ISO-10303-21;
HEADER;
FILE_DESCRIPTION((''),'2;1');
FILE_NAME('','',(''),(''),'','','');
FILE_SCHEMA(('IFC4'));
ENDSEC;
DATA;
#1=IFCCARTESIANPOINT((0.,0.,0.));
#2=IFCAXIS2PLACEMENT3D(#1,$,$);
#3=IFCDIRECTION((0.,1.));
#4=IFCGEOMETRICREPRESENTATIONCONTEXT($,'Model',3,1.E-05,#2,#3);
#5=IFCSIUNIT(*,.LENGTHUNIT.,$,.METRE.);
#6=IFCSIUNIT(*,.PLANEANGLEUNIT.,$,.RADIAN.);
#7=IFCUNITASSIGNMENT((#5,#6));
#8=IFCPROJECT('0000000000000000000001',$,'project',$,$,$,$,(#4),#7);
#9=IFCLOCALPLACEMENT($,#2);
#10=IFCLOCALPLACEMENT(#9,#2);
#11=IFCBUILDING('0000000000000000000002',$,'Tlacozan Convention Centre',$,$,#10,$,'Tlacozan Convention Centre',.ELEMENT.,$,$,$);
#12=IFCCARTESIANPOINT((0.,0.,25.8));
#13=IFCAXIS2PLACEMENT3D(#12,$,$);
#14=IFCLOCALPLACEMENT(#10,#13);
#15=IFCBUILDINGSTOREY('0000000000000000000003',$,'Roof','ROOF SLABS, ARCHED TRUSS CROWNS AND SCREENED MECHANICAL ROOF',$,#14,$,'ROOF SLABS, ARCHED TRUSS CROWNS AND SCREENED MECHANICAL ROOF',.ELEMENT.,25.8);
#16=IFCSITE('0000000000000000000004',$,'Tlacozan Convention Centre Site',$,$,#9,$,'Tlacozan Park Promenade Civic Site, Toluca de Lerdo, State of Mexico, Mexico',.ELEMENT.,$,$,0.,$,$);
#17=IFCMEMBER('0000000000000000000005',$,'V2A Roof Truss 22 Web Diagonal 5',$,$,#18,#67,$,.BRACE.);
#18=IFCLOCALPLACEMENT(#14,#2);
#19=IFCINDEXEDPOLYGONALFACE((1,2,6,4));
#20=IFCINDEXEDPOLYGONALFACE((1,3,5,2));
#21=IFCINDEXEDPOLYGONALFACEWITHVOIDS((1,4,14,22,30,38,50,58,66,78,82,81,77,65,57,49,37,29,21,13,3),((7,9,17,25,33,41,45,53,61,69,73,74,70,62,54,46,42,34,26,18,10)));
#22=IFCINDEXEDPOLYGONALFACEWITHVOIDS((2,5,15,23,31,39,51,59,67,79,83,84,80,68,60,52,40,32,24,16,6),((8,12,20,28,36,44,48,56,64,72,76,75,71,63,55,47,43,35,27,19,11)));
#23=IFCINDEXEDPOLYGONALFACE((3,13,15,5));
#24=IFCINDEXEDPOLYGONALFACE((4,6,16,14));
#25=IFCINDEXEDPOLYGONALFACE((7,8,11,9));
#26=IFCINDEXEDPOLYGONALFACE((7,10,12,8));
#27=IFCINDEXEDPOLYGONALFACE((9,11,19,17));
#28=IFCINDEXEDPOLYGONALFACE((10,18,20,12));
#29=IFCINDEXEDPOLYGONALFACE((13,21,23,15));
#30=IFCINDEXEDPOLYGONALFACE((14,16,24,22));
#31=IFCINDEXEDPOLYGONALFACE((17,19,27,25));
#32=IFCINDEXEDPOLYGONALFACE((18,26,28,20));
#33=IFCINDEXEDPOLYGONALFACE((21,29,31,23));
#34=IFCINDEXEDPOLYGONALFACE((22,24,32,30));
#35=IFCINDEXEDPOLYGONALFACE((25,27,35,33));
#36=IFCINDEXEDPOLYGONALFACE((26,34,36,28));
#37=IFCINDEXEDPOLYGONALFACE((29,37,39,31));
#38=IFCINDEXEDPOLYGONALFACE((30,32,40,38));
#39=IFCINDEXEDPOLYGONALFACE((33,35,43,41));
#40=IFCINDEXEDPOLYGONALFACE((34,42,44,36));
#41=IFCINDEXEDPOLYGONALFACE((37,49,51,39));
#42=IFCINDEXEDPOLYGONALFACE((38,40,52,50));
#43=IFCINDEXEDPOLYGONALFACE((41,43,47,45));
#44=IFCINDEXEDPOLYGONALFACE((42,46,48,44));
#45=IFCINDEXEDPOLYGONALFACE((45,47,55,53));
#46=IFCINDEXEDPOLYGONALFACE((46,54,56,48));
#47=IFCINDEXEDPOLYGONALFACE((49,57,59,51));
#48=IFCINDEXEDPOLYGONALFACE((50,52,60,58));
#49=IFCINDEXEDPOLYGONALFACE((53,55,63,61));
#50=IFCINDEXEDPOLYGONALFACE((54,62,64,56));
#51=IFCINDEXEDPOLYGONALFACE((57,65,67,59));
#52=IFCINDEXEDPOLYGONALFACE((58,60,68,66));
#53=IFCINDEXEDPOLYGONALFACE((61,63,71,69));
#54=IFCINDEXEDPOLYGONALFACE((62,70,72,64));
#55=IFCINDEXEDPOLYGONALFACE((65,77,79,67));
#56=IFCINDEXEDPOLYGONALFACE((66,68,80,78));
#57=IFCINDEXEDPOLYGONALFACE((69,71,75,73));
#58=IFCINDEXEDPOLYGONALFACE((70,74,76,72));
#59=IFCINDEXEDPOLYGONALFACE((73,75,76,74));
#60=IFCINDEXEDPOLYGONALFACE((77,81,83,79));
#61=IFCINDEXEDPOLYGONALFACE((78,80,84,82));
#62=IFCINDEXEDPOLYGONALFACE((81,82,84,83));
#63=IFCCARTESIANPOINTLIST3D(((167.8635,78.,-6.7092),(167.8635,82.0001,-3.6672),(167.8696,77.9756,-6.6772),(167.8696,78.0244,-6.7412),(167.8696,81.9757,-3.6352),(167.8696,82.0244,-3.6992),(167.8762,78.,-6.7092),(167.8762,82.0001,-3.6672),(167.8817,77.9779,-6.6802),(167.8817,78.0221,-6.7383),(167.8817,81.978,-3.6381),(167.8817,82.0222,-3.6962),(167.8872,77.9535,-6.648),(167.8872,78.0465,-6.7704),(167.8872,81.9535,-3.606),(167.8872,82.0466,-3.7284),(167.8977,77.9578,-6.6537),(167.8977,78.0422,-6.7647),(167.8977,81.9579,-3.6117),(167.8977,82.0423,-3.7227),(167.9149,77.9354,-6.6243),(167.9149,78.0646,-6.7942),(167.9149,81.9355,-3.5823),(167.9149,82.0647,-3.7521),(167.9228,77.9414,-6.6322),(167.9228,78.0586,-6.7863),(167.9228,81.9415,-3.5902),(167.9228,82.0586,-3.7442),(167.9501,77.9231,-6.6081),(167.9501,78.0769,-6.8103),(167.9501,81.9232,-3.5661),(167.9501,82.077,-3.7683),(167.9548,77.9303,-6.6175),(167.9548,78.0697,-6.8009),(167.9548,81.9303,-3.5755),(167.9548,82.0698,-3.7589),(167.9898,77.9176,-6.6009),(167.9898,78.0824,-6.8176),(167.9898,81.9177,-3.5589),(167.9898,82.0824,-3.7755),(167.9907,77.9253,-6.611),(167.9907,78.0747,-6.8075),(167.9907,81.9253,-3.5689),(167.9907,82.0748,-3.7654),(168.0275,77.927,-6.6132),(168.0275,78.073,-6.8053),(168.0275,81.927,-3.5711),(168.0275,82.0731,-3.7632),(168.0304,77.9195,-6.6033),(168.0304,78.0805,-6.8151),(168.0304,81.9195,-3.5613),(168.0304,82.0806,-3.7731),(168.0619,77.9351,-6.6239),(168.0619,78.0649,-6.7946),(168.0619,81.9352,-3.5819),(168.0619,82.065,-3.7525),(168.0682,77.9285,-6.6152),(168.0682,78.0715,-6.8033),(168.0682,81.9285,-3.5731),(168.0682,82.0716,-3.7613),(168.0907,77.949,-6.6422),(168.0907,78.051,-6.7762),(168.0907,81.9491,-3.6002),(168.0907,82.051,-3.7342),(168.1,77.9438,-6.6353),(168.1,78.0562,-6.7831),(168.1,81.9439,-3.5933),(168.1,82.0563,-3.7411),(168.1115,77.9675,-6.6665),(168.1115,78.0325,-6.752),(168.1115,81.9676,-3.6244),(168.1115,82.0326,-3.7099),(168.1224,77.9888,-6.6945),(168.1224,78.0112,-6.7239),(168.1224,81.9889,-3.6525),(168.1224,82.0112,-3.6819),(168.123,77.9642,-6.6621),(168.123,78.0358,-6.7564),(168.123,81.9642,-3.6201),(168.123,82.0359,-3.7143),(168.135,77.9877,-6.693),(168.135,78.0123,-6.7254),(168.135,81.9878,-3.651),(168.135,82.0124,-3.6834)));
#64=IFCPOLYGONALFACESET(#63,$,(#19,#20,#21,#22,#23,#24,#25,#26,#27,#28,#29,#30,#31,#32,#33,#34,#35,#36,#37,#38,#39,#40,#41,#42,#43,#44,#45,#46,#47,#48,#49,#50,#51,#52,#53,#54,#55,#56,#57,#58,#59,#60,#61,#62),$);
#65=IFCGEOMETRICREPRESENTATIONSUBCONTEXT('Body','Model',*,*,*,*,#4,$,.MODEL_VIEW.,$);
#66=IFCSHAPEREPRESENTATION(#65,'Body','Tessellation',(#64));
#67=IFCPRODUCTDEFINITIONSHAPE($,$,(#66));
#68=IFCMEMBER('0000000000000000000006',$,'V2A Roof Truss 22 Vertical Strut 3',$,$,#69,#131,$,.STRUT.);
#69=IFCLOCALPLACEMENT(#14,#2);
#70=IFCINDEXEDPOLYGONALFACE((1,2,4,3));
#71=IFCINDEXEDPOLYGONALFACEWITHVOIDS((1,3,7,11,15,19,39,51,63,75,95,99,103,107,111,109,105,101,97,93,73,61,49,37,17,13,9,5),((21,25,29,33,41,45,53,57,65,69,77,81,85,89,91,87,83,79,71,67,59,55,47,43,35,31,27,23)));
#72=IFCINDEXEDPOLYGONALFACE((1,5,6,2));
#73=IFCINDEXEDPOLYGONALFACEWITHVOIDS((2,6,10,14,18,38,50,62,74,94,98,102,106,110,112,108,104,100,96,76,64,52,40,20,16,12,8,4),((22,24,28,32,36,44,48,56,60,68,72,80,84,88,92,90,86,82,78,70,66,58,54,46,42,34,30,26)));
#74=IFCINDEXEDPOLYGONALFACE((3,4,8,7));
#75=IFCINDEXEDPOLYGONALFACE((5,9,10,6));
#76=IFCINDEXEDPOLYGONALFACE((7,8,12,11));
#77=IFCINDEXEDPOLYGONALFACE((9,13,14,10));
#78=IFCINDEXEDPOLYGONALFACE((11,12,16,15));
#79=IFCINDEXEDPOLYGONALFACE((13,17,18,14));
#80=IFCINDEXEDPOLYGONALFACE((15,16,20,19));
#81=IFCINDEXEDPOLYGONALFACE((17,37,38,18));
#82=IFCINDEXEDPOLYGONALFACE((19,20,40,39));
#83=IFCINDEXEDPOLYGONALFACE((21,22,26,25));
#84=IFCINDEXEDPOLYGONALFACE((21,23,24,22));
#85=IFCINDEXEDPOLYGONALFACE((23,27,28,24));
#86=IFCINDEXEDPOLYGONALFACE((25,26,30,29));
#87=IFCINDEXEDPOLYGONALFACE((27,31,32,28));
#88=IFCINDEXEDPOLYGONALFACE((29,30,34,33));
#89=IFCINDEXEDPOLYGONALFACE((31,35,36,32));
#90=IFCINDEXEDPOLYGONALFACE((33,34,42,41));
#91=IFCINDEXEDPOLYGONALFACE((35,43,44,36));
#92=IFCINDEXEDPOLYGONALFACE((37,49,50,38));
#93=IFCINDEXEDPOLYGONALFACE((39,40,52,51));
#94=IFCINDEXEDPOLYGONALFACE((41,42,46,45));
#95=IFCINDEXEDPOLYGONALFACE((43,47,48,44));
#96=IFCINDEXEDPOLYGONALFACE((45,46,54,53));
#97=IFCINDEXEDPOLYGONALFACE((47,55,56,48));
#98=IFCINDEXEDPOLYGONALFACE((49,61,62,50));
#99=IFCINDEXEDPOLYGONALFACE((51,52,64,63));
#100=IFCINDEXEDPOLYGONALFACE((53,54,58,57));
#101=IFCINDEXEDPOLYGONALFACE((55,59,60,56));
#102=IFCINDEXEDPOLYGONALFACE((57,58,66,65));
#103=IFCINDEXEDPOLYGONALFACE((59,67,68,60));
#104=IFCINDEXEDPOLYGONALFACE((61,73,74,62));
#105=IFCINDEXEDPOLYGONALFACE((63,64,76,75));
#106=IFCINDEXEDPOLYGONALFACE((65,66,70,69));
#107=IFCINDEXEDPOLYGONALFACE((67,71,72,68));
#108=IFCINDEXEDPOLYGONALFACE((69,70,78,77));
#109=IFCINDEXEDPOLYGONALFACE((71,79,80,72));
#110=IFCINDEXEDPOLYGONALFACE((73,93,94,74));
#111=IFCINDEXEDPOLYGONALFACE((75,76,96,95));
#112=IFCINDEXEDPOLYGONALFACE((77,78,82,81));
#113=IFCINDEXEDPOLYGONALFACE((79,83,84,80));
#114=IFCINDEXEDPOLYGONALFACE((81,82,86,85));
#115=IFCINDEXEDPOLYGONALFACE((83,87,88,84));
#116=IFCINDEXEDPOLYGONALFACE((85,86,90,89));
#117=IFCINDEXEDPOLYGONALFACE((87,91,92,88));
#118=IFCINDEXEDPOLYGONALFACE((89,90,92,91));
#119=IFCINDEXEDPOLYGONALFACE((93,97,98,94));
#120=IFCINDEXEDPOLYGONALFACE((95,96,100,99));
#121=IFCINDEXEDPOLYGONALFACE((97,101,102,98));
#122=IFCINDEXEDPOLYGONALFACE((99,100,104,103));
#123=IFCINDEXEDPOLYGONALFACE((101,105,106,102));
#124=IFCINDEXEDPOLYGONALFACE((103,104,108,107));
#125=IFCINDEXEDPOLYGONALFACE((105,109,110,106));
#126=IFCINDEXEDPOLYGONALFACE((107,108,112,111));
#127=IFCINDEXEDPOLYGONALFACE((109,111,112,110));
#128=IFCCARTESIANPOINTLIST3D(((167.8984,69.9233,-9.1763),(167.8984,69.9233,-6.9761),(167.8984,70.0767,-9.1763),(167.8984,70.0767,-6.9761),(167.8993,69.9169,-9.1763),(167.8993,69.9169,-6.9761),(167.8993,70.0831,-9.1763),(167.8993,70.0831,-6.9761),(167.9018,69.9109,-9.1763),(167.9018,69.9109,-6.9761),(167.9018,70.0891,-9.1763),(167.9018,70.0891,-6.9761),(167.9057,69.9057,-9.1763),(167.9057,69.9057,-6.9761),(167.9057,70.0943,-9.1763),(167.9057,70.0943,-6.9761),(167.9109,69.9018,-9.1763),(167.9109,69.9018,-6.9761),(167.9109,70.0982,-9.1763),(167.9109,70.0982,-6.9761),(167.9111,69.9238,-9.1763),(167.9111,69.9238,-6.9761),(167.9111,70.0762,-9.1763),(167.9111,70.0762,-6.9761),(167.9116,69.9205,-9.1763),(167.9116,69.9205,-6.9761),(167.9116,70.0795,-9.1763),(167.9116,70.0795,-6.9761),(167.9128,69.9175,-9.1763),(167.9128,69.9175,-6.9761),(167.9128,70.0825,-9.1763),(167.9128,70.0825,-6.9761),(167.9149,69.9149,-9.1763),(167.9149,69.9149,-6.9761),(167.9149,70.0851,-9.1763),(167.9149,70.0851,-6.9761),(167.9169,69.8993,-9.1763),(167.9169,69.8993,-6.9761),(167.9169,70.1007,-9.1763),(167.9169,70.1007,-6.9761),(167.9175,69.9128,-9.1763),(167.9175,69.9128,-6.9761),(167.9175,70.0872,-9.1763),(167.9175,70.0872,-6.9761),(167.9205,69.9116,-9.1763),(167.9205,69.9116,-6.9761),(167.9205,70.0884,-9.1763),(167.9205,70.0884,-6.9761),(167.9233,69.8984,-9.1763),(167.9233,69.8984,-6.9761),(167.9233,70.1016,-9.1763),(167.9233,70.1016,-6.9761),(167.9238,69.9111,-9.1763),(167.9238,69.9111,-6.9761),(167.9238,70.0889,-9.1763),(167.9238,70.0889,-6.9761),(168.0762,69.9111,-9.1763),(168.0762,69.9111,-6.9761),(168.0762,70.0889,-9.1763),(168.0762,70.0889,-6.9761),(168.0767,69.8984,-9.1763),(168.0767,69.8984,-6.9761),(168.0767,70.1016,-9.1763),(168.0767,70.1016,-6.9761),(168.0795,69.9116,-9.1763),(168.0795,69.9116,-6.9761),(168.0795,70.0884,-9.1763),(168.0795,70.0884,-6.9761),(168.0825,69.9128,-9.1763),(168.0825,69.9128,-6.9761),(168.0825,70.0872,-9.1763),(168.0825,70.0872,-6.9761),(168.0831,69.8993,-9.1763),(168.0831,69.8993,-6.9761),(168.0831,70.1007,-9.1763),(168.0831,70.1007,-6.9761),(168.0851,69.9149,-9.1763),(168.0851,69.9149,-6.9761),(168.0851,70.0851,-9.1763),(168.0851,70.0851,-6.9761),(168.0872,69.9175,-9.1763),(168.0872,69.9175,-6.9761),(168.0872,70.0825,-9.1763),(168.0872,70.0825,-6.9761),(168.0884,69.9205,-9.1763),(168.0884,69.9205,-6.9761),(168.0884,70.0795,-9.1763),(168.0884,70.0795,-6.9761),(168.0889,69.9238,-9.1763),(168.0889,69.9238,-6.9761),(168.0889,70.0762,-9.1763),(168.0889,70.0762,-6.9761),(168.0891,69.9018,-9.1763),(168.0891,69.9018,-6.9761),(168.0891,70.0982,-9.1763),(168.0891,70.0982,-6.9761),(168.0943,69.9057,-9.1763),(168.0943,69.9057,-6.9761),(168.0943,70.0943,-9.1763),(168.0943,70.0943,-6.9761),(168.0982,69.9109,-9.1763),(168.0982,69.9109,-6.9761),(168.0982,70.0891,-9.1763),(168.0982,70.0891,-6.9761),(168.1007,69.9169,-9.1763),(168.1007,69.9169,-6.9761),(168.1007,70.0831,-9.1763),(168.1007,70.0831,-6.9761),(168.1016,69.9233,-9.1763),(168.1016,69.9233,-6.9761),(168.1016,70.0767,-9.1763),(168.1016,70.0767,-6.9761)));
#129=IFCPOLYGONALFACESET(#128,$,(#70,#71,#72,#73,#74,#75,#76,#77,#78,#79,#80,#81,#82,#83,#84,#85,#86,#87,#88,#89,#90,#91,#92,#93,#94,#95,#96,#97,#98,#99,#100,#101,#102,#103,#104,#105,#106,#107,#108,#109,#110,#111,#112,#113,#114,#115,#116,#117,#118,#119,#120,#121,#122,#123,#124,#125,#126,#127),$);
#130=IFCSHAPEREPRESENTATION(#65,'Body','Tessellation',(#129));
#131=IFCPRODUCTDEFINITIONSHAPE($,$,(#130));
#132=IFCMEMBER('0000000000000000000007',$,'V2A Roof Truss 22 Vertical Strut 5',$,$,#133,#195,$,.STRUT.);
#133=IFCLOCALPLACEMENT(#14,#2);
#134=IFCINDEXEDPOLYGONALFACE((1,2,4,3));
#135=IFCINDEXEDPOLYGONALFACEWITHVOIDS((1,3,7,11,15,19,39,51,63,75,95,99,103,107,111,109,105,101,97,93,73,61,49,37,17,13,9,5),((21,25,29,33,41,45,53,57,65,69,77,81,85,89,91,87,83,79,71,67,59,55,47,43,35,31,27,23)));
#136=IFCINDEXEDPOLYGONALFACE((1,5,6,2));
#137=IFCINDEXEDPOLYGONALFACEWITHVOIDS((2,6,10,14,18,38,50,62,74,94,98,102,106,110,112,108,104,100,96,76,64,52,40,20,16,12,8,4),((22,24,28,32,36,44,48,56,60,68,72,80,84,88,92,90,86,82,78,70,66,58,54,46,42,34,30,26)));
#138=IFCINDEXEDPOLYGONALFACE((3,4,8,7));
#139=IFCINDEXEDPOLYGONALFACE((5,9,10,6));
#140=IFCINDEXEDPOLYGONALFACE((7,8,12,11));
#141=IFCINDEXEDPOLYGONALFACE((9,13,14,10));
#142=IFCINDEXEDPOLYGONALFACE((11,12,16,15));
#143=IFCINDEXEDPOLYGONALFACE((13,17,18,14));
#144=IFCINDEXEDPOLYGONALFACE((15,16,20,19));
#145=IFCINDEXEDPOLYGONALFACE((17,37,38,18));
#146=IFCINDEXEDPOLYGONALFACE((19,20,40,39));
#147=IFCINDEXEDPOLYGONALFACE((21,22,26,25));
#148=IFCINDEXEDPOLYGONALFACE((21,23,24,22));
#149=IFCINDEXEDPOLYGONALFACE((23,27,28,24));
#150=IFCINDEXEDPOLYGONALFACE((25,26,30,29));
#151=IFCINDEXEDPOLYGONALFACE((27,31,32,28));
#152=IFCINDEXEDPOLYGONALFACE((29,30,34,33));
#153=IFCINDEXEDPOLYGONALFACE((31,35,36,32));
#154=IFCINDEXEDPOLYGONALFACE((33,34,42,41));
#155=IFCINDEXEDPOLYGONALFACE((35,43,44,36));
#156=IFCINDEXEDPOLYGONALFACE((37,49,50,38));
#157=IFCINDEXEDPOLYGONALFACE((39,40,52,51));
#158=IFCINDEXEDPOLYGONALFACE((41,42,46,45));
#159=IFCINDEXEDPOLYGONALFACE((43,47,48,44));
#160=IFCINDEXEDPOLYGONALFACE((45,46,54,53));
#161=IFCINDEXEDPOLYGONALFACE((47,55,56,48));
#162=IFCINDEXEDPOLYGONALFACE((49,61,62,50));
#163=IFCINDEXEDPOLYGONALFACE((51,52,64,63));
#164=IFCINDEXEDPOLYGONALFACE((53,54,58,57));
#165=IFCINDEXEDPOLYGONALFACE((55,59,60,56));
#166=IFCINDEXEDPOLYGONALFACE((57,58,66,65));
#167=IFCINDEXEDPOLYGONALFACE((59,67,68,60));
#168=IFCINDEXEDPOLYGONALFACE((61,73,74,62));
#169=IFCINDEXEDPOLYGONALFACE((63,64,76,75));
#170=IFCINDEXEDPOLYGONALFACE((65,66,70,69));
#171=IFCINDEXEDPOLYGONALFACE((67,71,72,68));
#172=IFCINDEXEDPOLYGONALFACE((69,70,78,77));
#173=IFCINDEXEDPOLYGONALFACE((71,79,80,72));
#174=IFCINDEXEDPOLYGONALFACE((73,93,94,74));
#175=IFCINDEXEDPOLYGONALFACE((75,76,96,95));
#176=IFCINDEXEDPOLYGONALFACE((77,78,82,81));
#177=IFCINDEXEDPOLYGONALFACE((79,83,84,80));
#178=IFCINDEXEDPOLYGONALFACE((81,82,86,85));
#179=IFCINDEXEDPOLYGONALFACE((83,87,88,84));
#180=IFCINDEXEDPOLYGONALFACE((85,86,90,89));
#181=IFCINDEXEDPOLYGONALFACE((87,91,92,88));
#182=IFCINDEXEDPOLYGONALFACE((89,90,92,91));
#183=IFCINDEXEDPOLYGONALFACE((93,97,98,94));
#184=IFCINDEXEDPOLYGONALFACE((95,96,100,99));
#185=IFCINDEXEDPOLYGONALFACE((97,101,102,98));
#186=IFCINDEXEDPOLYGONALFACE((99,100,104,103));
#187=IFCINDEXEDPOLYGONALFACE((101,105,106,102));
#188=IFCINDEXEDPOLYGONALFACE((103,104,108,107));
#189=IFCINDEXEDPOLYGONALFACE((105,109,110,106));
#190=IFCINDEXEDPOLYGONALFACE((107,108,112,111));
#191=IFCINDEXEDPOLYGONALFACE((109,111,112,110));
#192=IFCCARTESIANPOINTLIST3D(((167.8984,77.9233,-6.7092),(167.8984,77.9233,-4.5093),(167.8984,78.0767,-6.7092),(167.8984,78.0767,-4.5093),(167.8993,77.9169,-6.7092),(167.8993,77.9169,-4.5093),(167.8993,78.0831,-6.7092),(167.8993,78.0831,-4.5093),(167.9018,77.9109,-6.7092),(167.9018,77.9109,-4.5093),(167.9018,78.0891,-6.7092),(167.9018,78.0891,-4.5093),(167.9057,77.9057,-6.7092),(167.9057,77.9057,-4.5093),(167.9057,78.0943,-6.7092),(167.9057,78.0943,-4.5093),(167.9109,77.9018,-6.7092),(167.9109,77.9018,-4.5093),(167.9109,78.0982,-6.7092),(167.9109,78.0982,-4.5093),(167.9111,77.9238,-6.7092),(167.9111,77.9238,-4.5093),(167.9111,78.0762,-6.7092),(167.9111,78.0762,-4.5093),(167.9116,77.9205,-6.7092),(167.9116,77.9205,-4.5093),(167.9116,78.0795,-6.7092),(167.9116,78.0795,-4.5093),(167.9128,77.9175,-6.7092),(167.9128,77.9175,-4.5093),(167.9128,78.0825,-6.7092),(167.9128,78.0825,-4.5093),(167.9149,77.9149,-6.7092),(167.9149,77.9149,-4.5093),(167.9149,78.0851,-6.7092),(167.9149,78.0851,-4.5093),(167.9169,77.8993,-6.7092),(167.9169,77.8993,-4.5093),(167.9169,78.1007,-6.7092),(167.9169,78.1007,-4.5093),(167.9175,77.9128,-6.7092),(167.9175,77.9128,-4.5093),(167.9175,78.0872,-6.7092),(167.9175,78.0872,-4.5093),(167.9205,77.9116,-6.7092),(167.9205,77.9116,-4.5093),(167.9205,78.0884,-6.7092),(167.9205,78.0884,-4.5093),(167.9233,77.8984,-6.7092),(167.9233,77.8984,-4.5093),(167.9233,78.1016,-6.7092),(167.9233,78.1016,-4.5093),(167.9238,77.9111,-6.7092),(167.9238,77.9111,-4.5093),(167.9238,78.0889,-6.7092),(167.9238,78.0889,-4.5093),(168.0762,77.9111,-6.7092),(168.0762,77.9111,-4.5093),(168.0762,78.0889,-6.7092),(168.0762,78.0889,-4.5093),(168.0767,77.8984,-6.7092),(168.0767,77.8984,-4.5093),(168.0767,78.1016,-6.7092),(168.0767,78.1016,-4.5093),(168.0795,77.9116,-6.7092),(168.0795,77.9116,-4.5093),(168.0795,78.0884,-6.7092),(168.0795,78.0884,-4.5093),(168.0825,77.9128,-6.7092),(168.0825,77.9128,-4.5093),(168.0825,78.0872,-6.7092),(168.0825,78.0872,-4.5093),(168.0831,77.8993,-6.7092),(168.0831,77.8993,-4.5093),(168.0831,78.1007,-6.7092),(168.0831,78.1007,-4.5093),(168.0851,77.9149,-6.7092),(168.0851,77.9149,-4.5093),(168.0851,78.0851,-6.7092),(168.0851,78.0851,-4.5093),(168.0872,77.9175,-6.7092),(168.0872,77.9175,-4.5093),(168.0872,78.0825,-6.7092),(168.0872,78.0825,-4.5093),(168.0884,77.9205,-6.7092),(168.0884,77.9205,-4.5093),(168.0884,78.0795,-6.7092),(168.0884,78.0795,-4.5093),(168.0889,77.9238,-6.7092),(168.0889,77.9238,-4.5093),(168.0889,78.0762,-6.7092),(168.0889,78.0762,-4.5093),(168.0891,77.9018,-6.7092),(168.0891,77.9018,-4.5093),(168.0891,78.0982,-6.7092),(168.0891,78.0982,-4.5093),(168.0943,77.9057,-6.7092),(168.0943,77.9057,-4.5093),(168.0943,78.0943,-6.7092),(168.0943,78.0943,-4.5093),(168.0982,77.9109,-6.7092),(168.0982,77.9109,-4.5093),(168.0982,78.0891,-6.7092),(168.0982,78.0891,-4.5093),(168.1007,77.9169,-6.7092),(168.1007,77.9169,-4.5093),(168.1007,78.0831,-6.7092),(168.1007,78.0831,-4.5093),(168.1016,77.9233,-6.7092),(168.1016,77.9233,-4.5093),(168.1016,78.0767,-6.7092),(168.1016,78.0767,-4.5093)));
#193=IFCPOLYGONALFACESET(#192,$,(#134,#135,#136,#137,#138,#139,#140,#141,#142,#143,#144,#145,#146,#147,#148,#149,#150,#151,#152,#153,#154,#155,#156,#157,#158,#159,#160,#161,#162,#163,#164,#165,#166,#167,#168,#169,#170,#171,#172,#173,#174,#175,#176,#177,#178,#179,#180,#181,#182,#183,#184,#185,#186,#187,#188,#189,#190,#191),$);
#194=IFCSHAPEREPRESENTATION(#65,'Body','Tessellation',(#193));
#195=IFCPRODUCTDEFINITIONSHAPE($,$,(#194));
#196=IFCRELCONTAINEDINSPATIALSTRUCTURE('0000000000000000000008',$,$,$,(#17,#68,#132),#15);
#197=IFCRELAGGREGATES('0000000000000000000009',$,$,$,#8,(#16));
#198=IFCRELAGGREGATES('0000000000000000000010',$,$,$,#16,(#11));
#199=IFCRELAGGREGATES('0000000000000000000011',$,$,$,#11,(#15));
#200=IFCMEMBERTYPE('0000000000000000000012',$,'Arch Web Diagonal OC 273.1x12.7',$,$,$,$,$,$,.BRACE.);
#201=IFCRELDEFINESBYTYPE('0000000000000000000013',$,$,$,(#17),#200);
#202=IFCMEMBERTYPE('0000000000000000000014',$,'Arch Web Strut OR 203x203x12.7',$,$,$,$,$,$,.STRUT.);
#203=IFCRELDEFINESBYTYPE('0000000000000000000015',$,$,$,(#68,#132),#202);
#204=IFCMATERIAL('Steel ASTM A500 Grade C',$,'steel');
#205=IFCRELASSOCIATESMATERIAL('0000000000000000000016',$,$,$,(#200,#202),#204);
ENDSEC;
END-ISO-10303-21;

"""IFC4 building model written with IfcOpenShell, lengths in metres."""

from ifc_helpers import new_model, si_unit, direction, frame, origin, origin_2d, place, context, subcontext, project, spatial, hollow_rectangle, hollow_circle, extrude, material, material_profile, profile_set, type_object, element, save


model = new_model("IFC4")

# Units and contexts
model_context = context("Model", 3, precision=1e-05, world=origin(), true_north=direction((0.0, 1.0)))
body_context = subcontext(model_context, "Body", "Model", "MODEL_VIEW")
ifc_project = project(units=[si_unit("LENGTHUNIT", "METRE"), si_unit("PLANEANGLEUNIT", "RADIAN")], contexts=[model_context])

# Site, building, storey
site_placement = place(None, origin())
site = spatial("IfcSite", under=ifc_project, at=site_placement, Name="Tlacozan Convention Centre Site", LongName="Tlacozan Park Promenade Civic Site, Toluca de Lerdo, State of Mexico, Mexico", CompositionType="ELEMENT", RefElevation=0.0)
building_placement = place(site_placement, origin())
building = spatial("IfcBuilding", under=site, at=building_placement, Name="Tlacozan Convention Centre", LongName="Tlacozan Convention Centre", CompositionType="ELEMENT")
storey_placement = place(building_placement, frame((0.0, 0.0, 25.8)))
storey = spatial("IfcBuildingStorey", under=building, at=storey_placement, Name="Roof", Description="ROOF SLABS, ARCHED TRUSS CROWNS AND SCREENED MECHANICAL ROOF", LongName="ROOF SLABS, ARCHED TRUSS CROWNS AND SCREENED MECHANICAL ROOF", CompositionType="ELEMENT", Elevation=25.8)

# Members
ifc_material_1 = material(Name="Steel ASTM A500 Grade C", Category="steel")
ifc_material_profile_1 = material_profile(ifc_material_1, hollow_circle(Radius=0.1365, WallThickness=0.0127, at=origin_2d()), Name="OC 273.1x12.7")
ifc_profile_set_1 = profile_set([ifc_material_profile_1], Name="Steel ASTM A500 Grade C")
member_type_1 = type_object("IfcMemberType", Name="Arch Web Diagonal OC 273.1x12.7", PredefinedType="BRACE", material=ifc_profile_set_1)
member_1_placement = place(storey_placement, frame((168.0, 78.0, -6.7092), z_axis=(0.0, 0.795971, 0.605335), x_axis=(-1.0, 0.0, 0.0)))
element("IfcMember", 1, at=member_1_placement, inside=storey, type_object=member_type_1, Name="V2A Roof Truss 22 Web Diagonal 5", PredefinedType="BRACE", context=body_context, shape_type="SweptSolid", body=[
    extrude(hollow_circle(Radius=0.1365, WallThickness=0.0127, at=origin_2d()), origin(), (0.0, 0.0, 1.0), 5.0254),
])
ifc_material_profile_2 = material_profile(ifc_material_1, hollow_rectangle(XDim=0.2031, YDim=0.2031, WallThickness=0.0127, InnerFilletRadius=0.0127, OuterFilletRadius=0.0249, at=origin_2d()), Name="OR 203x203x12.7")
ifc_profile_set_2 = profile_set([ifc_material_profile_2], Name="Steel ASTM A500 Grade C")
member_type_2 = type_object("IfcMemberType", Name="Arch Web Strut OR 203x203x12.7", PredefinedType="STRUT", material=ifc_profile_set_2)
member_2_placement = place(storey_placement, frame((168.0, 70.0, -9.1763), z_axis=(0.0, 0.0, 1.0), x_axis=(1.0, 0.0, 0.0)))
element("IfcMember", 2, at=member_2_placement, inside=storey, type_object=member_type_2, Name="V2A Roof Truss 22 Vertical Strut 3", PredefinedType="STRUT", context=body_context, shape_type="SweptSolid", body=[
    extrude(hollow_rectangle(XDim=0.2031, YDim=0.2031, WallThickness=0.0127, InnerFilletRadius=0.0127, OuterFilletRadius=0.0249, at=origin_2d()), origin(), (0.0, 0.0, 1.0), 2.2002),
])
member_3_placement = place(storey_placement, frame((168.0, 78.0, -6.7092), z_axis=(0.0, 0.0, 1.0), x_axis=(1.0, 0.0, 0.0)))
element("IfcMember", 3, at=member_3_placement, inside=storey, type_object=member_type_2, Name="V2A Roof Truss 22 Vertical Strut 5", PredefinedType="STRUT", context=body_context, shape_type="SweptSolid", body=[
    extrude(hollow_rectangle(XDim=0.2031, YDim=0.2031, WallThickness=0.0127, InnerFilletRadius=0.0127, OuterFilletRadius=0.0249, at=origin_2d()), origin(), (0.0, 0.0, 1.0), 2.2),
])

save(model, "model.ifc")
